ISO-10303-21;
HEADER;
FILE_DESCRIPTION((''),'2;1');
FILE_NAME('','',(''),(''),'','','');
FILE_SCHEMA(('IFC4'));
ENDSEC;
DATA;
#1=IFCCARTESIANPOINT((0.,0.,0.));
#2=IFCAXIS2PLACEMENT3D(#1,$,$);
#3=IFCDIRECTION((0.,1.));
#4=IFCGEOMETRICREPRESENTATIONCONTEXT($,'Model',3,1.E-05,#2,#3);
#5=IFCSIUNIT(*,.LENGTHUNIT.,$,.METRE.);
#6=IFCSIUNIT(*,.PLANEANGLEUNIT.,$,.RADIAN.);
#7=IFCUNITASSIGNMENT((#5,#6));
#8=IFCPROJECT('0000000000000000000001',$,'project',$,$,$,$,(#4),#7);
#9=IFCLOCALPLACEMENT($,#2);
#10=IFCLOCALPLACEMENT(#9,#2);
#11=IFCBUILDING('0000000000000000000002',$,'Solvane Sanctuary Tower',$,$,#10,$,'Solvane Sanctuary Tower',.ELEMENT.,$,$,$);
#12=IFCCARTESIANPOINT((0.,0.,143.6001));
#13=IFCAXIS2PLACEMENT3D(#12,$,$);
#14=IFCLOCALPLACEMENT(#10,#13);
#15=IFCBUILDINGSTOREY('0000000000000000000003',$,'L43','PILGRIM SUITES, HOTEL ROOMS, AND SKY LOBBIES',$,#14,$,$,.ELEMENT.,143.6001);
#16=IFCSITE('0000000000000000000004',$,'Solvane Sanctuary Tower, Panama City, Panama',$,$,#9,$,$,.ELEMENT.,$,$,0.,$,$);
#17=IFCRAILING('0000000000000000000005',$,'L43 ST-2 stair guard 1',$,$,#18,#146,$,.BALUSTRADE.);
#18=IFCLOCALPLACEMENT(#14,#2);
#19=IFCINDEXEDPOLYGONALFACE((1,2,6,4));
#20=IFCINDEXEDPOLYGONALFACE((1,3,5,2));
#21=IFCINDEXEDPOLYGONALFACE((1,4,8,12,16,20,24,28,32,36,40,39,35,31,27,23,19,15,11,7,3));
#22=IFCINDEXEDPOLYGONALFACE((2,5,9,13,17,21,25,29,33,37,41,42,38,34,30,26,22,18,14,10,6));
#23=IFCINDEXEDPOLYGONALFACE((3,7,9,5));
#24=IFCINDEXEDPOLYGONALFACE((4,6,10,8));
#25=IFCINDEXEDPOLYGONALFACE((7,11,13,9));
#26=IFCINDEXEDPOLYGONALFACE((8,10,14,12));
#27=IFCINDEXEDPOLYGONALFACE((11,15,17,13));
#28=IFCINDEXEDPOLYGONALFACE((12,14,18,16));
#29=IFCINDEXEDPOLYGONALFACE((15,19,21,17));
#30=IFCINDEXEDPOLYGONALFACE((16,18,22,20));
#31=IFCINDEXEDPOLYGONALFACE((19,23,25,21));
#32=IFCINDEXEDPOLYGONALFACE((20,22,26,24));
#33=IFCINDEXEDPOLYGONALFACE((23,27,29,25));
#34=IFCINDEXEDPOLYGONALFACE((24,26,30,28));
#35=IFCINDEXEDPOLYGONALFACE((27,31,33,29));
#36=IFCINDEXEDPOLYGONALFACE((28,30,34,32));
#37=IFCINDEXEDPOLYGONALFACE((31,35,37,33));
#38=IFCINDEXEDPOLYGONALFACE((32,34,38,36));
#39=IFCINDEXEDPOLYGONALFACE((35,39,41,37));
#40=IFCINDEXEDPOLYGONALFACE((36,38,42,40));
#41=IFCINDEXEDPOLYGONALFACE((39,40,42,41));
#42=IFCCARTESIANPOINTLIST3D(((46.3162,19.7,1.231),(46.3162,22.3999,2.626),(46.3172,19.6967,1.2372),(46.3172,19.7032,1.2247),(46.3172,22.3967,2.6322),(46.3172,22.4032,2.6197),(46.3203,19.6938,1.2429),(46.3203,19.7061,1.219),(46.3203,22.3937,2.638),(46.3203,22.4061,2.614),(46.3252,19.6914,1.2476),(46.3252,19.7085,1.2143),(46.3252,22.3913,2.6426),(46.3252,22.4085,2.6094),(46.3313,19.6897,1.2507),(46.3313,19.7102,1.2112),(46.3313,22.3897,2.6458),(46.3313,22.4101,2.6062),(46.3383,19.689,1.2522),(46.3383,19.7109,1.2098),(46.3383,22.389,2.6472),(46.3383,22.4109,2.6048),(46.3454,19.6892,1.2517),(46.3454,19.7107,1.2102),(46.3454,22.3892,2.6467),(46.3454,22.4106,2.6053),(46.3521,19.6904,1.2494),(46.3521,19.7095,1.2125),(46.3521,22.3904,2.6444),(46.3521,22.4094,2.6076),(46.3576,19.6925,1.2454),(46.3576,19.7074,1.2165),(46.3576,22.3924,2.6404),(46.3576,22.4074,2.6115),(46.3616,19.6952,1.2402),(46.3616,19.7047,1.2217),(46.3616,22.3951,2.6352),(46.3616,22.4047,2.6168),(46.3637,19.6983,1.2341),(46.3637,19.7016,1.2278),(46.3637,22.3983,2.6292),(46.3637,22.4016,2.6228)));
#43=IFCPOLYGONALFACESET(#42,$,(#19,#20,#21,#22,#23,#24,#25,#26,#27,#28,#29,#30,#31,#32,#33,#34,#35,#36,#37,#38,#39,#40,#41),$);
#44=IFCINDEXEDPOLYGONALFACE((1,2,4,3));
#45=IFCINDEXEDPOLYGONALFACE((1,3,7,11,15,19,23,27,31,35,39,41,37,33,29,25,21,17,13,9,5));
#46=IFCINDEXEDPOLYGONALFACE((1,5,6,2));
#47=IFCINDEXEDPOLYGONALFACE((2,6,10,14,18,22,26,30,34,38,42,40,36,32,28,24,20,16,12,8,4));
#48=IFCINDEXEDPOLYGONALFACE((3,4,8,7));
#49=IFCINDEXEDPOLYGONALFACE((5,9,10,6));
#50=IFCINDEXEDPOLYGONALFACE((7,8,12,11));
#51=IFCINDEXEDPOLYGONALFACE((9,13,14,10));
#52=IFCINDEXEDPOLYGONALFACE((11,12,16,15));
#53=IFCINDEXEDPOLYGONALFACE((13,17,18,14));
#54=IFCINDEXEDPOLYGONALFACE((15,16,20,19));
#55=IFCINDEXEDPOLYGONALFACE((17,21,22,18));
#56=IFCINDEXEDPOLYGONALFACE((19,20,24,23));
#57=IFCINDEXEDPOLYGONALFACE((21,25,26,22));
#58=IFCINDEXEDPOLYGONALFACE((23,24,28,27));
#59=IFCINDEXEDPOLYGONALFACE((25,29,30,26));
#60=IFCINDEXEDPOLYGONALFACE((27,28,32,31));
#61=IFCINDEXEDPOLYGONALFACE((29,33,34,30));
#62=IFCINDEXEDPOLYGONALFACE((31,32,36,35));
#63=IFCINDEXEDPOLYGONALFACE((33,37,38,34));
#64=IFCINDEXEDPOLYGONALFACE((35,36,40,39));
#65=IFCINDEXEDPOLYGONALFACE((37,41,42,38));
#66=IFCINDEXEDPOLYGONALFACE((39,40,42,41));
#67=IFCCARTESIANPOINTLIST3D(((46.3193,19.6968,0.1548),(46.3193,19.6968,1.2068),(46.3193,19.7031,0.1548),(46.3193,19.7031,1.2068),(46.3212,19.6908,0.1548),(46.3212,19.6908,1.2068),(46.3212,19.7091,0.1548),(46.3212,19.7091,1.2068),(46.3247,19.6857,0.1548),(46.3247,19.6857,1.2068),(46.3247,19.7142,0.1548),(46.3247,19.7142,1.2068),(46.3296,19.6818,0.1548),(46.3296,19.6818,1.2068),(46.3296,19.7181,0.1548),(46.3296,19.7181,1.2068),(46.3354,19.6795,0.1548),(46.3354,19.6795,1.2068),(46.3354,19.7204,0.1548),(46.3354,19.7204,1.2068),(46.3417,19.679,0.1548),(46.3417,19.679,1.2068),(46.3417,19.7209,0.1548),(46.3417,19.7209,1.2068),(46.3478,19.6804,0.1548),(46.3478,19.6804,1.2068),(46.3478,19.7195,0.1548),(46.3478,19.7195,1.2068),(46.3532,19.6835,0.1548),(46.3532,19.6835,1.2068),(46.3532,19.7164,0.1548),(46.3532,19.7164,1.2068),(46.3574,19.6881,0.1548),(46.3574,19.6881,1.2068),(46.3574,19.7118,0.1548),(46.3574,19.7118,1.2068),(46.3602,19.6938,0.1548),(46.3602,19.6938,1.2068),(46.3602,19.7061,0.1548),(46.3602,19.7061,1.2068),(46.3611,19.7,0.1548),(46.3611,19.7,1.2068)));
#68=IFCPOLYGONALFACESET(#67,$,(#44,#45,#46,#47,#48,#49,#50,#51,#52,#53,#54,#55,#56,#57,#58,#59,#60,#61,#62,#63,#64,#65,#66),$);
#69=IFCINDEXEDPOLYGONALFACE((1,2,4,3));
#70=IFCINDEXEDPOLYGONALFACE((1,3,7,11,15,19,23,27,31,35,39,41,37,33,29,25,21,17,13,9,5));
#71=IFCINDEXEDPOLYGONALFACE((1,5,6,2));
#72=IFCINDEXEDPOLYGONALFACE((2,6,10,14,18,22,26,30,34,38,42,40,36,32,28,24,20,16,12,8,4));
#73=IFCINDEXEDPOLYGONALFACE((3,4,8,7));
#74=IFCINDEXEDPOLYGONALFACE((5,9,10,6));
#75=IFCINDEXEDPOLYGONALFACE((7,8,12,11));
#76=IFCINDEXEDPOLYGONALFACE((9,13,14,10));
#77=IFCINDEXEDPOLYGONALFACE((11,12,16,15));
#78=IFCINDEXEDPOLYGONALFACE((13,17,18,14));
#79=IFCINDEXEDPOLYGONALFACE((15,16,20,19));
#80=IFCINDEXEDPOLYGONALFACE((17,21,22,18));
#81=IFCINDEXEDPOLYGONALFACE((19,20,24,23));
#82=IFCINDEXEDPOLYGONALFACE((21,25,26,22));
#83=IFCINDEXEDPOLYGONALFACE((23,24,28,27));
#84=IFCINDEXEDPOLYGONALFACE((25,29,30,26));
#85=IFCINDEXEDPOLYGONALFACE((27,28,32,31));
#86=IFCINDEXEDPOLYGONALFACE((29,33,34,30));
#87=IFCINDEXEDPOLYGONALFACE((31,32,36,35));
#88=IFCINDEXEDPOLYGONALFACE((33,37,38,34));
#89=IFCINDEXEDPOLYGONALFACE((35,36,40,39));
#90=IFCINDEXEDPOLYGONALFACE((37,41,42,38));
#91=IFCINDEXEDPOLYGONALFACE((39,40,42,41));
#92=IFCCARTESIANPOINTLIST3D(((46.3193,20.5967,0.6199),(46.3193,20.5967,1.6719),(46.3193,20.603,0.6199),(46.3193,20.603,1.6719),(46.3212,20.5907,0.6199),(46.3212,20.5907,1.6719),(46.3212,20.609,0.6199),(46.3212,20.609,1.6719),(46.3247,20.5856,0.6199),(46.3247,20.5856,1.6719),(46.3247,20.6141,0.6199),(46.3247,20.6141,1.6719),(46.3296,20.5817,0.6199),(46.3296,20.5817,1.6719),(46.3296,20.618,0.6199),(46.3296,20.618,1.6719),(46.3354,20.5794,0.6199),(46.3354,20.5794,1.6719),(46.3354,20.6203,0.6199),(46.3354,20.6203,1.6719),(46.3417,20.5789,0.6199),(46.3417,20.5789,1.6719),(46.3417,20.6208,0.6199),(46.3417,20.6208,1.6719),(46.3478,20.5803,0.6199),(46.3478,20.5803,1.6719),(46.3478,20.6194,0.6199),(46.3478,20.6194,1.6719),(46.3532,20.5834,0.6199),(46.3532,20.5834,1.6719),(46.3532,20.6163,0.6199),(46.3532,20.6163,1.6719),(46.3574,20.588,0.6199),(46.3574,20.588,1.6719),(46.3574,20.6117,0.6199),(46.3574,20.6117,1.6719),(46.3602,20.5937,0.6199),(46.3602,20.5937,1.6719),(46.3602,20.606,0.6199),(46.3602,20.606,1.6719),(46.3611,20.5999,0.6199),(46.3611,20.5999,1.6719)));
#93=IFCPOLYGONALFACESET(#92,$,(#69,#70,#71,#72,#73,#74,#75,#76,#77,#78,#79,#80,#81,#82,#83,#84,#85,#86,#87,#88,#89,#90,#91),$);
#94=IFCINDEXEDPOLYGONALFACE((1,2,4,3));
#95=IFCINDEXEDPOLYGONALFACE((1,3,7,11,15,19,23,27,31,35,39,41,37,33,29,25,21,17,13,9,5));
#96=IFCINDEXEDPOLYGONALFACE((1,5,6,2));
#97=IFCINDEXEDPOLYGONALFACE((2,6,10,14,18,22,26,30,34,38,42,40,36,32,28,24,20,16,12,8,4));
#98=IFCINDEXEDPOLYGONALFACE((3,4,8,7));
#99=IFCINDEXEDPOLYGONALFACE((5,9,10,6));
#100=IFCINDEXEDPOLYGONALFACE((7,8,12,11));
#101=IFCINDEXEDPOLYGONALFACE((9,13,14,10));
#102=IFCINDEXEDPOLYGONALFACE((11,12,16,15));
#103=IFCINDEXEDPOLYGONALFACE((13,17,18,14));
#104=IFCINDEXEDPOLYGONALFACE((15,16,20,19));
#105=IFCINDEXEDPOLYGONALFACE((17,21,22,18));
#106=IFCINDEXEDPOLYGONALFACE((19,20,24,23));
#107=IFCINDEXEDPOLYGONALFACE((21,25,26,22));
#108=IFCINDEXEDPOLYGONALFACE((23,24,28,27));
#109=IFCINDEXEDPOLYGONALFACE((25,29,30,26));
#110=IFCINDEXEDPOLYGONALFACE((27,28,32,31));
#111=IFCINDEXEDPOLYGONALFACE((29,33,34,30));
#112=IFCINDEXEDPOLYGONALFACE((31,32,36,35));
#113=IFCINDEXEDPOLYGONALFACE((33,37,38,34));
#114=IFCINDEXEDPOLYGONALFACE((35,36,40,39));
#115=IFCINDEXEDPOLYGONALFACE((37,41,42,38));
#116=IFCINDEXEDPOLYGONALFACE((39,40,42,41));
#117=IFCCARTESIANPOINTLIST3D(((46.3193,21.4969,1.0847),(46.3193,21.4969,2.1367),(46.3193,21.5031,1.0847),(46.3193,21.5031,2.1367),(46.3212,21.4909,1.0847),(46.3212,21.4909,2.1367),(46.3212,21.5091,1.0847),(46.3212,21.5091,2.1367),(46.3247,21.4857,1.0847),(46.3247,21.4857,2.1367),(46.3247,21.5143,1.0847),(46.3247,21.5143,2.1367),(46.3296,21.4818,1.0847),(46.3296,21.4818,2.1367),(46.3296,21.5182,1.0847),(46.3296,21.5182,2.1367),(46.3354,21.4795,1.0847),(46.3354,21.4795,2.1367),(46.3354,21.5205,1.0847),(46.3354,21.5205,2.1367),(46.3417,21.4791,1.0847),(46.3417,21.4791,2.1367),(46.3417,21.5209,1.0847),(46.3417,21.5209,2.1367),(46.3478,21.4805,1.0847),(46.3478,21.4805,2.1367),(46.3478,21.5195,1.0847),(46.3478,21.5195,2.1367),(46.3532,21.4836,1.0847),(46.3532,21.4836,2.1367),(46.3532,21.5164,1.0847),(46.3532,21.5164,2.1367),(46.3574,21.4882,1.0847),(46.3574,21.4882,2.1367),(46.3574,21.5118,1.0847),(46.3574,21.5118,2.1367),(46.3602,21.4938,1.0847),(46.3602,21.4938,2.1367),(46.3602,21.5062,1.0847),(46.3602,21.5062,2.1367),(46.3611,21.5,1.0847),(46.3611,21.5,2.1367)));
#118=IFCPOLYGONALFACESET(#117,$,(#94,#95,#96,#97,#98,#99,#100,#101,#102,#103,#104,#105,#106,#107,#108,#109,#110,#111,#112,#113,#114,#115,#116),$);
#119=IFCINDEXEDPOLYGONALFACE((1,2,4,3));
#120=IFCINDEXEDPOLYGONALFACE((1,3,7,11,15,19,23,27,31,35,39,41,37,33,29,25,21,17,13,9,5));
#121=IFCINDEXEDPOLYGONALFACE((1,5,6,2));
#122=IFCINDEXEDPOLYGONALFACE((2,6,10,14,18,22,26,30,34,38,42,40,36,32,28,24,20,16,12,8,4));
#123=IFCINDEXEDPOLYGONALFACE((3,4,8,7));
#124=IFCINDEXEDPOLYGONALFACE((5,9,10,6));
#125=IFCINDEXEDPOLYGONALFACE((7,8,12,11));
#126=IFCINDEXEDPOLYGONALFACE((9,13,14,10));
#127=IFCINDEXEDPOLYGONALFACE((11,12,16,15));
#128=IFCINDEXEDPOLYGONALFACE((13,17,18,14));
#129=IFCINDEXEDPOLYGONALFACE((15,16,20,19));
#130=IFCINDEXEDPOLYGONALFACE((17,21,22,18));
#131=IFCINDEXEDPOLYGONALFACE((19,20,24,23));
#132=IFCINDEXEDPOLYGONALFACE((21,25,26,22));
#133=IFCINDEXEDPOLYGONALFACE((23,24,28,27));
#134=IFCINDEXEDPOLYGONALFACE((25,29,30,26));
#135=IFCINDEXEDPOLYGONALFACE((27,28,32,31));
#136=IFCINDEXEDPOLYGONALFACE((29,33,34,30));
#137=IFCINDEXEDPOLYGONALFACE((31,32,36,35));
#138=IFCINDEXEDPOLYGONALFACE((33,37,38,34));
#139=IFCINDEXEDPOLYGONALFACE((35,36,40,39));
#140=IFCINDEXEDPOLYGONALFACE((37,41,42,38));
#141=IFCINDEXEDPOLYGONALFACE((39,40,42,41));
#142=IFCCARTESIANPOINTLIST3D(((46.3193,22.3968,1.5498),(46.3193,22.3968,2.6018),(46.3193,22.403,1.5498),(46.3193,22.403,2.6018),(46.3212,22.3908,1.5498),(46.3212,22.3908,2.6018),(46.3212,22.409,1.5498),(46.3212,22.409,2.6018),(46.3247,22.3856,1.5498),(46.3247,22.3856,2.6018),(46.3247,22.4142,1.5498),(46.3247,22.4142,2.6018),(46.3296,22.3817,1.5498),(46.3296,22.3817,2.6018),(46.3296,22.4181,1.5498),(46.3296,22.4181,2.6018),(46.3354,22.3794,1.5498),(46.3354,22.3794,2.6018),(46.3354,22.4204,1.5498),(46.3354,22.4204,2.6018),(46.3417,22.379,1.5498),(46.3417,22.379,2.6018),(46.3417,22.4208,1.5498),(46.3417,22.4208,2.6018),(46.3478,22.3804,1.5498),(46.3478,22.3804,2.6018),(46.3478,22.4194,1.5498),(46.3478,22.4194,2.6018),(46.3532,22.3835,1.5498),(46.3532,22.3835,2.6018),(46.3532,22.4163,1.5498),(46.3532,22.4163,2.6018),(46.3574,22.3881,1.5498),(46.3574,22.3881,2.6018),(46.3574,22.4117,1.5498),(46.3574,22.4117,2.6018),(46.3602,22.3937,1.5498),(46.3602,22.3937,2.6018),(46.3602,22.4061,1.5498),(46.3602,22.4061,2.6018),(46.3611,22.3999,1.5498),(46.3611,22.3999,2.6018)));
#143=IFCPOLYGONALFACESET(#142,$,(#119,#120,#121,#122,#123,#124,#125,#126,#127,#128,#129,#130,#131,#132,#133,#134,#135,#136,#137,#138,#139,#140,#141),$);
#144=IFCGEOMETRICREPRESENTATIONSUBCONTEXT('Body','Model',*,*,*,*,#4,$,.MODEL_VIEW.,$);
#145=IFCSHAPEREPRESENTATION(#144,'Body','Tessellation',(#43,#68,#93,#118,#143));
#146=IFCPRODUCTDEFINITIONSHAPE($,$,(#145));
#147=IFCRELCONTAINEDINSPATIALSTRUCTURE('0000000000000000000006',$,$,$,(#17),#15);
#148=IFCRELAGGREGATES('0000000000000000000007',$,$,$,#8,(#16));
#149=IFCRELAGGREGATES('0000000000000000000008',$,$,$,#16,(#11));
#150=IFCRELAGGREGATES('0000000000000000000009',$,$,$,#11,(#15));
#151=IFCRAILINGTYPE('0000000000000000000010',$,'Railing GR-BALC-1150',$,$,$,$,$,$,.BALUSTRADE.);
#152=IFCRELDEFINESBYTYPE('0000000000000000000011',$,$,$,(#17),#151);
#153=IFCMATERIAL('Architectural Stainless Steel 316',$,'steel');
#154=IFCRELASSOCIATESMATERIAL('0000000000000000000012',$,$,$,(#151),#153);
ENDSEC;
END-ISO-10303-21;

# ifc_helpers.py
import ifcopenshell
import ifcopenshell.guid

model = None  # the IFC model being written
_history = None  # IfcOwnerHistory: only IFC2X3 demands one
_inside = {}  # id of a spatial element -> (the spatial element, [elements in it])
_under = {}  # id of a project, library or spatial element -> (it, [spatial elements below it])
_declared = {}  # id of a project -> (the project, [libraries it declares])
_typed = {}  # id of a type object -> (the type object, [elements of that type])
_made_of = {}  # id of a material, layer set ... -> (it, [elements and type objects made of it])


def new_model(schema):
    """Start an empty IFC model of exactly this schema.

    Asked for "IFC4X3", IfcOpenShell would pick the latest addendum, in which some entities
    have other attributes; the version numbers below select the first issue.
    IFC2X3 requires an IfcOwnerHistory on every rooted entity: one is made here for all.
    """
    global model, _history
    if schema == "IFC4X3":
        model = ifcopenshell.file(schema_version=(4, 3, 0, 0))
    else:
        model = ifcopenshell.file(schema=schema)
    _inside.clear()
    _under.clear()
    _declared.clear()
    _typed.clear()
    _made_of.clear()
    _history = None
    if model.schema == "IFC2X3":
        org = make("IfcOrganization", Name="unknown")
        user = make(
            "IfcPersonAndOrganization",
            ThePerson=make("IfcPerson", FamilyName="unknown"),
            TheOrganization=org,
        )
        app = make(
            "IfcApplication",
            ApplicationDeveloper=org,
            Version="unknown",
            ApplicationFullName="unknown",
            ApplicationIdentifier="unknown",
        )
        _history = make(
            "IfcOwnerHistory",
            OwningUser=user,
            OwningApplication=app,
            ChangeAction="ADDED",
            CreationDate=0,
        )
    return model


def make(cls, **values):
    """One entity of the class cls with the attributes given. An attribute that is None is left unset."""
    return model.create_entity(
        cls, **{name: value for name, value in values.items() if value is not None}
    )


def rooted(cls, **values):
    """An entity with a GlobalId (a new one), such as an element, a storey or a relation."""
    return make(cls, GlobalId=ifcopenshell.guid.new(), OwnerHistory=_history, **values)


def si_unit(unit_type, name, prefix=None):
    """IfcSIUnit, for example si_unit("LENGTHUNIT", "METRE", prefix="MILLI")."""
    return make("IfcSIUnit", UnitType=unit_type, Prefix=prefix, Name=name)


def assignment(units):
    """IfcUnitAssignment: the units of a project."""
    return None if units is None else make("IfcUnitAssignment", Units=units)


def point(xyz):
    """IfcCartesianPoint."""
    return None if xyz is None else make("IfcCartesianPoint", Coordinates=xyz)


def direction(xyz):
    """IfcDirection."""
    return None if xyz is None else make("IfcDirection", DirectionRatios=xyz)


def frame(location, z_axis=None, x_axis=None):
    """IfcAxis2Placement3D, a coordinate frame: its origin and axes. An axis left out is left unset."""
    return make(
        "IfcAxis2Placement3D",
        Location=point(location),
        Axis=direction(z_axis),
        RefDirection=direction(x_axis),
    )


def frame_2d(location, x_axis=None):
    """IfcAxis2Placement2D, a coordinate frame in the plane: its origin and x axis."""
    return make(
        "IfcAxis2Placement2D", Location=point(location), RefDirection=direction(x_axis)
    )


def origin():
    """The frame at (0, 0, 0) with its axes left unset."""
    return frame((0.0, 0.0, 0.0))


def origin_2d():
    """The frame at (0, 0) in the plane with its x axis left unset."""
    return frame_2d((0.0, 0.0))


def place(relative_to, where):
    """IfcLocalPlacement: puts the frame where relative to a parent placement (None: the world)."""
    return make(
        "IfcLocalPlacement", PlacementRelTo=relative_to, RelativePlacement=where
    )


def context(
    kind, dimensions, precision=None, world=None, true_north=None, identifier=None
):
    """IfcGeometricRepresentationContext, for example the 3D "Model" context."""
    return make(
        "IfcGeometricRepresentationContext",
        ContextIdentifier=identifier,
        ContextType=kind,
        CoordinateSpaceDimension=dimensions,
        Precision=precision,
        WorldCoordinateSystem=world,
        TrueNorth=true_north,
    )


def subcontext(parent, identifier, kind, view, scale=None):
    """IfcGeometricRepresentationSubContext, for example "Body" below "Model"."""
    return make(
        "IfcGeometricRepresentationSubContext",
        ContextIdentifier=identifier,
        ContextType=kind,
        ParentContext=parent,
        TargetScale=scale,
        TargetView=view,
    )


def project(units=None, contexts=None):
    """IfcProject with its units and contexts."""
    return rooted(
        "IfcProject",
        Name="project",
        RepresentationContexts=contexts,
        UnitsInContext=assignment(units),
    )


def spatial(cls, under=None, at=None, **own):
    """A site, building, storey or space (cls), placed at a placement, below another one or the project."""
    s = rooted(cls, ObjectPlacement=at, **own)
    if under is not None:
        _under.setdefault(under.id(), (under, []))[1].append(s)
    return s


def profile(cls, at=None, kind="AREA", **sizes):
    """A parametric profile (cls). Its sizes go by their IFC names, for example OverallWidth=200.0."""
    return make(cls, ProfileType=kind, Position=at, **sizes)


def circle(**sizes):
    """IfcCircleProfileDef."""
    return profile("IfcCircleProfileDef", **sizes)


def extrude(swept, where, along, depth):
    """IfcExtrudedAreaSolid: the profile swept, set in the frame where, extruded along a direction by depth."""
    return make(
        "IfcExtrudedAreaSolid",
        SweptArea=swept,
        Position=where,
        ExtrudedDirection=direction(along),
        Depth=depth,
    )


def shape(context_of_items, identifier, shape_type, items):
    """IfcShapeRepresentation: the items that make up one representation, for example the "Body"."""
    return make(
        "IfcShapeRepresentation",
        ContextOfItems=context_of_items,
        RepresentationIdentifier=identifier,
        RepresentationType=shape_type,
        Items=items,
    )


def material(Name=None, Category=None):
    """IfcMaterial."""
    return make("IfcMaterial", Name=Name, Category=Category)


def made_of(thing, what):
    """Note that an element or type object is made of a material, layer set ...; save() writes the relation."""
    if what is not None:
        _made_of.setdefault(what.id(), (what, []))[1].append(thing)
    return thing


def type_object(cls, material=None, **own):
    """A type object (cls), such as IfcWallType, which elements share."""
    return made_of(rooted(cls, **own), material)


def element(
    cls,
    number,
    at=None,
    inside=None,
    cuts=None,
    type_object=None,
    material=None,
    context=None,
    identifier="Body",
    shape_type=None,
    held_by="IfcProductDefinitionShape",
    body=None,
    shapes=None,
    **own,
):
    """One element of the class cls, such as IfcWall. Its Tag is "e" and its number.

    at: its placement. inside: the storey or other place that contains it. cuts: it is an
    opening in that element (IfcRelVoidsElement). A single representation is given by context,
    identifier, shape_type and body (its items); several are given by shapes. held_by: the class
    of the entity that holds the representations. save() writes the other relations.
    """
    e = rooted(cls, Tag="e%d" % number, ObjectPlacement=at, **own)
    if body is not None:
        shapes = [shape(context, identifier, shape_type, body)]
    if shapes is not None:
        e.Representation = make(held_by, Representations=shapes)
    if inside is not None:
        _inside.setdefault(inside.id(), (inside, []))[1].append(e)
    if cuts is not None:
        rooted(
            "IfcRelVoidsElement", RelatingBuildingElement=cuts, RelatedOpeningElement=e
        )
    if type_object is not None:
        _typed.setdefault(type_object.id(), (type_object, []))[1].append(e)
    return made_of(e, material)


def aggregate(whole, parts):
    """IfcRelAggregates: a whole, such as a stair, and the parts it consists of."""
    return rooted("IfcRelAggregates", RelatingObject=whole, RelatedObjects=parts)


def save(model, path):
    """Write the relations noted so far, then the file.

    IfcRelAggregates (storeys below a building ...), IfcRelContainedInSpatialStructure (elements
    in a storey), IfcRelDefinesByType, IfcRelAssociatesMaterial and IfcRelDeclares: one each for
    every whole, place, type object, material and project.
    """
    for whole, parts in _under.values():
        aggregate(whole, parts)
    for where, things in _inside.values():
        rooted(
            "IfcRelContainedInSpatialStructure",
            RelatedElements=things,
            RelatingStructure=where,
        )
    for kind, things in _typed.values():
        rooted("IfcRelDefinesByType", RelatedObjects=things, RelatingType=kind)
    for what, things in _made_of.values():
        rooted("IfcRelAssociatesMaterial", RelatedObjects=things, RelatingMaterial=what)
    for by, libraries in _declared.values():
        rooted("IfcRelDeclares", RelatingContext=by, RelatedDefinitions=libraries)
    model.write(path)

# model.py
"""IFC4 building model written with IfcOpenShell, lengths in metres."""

from ifc_helpers import new_model, si_unit, direction, frame, origin, origin_2d, place, context, subcontext, project, spatial, circle, extrude, material, type_object, element, save


model = new_model("IFC4")

# Units and contexts
model_context = context("Model", 3, precision=1e-05, world=origin(), true_north=direction((0.0, 1.0)))
body_context = subcontext(model_context, "Body", "Model", "MODEL_VIEW")
ifc_project = project(units=[si_unit("LENGTHUNIT", "METRE"), si_unit("PLANEANGLEUNIT", "RADIAN")], contexts=[model_context])

# Site, building, storey
site_placement = place(None, origin())
site = spatial("IfcSite", under=ifc_project, at=site_placement, Name="Solvane Sanctuary Tower, Panama City, Panama", CompositionType="ELEMENT", RefElevation=0.0)
building_placement = place(site_placement, origin())
building = spatial("IfcBuilding", under=site, at=building_placement, Name="Solvane Sanctuary Tower", LongName="Solvane Sanctuary Tower", CompositionType="ELEMENT")
storey_placement = place(building_placement, frame((0.0, 0.0, 143.6001)))
storey = spatial("IfcBuildingStorey", under=building, at=storey_placement, Name="L43", Description="PILGRIM SUITES, HOTEL ROOMS, AND SKY LOBBIES", CompositionType="ELEMENT", Elevation=143.6001)

# Shared definitions
ifc_material_1 = material(Name="Architectural Stainless Steel 316", Category="steel")

# Railing
railing_type_1 = type_object("IfcRailingType", Name="Railing GR-BALC-1150", PredefinedType="BALUSTRADE", material=ifc_material_1)
railing_1_placement = place(storey_placement, frame((46.3401, 19.7, 0.1548)))
element("IfcRailing", 1, at=railing_1_placement, inside=storey, type_object=railing_type_1, Name="L43 ST-2 stair guard 1", PredefinedType="BALUSTRADE", context=body_context, shape_type="SweptSolid", body=[
    extrude(circle(Radius=0.0239, at=origin_2d()), frame((0.0, 0.0, 1.0762), z_axis=(0.0, 0.88842, 0.459032), x_axis=(-1.0, 0.0, 0.0)), (0.0, 0.0, 1.0), 3.0391),
    extrude(circle(Radius=0.021, at=origin_2d()), origin(), (0.0, 0.0, 1.0), 1.052),
    extrude(circle(Radius=0.021, at=origin_2d()), frame((0.0, 0.8999, 0.4651)), (0.0, 0.0, 1.0), 1.052),
    extrude(circle(Radius=0.021, at=origin_2d()), frame((0.0, 1.8, 0.9299)), (0.0, 0.0, 1.0), 1.052),
    extrude(circle(Radius=0.021, at=origin_2d()), frame((0.0, 2.7, 1.395)), (0.0, 0.0, 1.0), 1.052),
])

save(model, "model.ifc")
